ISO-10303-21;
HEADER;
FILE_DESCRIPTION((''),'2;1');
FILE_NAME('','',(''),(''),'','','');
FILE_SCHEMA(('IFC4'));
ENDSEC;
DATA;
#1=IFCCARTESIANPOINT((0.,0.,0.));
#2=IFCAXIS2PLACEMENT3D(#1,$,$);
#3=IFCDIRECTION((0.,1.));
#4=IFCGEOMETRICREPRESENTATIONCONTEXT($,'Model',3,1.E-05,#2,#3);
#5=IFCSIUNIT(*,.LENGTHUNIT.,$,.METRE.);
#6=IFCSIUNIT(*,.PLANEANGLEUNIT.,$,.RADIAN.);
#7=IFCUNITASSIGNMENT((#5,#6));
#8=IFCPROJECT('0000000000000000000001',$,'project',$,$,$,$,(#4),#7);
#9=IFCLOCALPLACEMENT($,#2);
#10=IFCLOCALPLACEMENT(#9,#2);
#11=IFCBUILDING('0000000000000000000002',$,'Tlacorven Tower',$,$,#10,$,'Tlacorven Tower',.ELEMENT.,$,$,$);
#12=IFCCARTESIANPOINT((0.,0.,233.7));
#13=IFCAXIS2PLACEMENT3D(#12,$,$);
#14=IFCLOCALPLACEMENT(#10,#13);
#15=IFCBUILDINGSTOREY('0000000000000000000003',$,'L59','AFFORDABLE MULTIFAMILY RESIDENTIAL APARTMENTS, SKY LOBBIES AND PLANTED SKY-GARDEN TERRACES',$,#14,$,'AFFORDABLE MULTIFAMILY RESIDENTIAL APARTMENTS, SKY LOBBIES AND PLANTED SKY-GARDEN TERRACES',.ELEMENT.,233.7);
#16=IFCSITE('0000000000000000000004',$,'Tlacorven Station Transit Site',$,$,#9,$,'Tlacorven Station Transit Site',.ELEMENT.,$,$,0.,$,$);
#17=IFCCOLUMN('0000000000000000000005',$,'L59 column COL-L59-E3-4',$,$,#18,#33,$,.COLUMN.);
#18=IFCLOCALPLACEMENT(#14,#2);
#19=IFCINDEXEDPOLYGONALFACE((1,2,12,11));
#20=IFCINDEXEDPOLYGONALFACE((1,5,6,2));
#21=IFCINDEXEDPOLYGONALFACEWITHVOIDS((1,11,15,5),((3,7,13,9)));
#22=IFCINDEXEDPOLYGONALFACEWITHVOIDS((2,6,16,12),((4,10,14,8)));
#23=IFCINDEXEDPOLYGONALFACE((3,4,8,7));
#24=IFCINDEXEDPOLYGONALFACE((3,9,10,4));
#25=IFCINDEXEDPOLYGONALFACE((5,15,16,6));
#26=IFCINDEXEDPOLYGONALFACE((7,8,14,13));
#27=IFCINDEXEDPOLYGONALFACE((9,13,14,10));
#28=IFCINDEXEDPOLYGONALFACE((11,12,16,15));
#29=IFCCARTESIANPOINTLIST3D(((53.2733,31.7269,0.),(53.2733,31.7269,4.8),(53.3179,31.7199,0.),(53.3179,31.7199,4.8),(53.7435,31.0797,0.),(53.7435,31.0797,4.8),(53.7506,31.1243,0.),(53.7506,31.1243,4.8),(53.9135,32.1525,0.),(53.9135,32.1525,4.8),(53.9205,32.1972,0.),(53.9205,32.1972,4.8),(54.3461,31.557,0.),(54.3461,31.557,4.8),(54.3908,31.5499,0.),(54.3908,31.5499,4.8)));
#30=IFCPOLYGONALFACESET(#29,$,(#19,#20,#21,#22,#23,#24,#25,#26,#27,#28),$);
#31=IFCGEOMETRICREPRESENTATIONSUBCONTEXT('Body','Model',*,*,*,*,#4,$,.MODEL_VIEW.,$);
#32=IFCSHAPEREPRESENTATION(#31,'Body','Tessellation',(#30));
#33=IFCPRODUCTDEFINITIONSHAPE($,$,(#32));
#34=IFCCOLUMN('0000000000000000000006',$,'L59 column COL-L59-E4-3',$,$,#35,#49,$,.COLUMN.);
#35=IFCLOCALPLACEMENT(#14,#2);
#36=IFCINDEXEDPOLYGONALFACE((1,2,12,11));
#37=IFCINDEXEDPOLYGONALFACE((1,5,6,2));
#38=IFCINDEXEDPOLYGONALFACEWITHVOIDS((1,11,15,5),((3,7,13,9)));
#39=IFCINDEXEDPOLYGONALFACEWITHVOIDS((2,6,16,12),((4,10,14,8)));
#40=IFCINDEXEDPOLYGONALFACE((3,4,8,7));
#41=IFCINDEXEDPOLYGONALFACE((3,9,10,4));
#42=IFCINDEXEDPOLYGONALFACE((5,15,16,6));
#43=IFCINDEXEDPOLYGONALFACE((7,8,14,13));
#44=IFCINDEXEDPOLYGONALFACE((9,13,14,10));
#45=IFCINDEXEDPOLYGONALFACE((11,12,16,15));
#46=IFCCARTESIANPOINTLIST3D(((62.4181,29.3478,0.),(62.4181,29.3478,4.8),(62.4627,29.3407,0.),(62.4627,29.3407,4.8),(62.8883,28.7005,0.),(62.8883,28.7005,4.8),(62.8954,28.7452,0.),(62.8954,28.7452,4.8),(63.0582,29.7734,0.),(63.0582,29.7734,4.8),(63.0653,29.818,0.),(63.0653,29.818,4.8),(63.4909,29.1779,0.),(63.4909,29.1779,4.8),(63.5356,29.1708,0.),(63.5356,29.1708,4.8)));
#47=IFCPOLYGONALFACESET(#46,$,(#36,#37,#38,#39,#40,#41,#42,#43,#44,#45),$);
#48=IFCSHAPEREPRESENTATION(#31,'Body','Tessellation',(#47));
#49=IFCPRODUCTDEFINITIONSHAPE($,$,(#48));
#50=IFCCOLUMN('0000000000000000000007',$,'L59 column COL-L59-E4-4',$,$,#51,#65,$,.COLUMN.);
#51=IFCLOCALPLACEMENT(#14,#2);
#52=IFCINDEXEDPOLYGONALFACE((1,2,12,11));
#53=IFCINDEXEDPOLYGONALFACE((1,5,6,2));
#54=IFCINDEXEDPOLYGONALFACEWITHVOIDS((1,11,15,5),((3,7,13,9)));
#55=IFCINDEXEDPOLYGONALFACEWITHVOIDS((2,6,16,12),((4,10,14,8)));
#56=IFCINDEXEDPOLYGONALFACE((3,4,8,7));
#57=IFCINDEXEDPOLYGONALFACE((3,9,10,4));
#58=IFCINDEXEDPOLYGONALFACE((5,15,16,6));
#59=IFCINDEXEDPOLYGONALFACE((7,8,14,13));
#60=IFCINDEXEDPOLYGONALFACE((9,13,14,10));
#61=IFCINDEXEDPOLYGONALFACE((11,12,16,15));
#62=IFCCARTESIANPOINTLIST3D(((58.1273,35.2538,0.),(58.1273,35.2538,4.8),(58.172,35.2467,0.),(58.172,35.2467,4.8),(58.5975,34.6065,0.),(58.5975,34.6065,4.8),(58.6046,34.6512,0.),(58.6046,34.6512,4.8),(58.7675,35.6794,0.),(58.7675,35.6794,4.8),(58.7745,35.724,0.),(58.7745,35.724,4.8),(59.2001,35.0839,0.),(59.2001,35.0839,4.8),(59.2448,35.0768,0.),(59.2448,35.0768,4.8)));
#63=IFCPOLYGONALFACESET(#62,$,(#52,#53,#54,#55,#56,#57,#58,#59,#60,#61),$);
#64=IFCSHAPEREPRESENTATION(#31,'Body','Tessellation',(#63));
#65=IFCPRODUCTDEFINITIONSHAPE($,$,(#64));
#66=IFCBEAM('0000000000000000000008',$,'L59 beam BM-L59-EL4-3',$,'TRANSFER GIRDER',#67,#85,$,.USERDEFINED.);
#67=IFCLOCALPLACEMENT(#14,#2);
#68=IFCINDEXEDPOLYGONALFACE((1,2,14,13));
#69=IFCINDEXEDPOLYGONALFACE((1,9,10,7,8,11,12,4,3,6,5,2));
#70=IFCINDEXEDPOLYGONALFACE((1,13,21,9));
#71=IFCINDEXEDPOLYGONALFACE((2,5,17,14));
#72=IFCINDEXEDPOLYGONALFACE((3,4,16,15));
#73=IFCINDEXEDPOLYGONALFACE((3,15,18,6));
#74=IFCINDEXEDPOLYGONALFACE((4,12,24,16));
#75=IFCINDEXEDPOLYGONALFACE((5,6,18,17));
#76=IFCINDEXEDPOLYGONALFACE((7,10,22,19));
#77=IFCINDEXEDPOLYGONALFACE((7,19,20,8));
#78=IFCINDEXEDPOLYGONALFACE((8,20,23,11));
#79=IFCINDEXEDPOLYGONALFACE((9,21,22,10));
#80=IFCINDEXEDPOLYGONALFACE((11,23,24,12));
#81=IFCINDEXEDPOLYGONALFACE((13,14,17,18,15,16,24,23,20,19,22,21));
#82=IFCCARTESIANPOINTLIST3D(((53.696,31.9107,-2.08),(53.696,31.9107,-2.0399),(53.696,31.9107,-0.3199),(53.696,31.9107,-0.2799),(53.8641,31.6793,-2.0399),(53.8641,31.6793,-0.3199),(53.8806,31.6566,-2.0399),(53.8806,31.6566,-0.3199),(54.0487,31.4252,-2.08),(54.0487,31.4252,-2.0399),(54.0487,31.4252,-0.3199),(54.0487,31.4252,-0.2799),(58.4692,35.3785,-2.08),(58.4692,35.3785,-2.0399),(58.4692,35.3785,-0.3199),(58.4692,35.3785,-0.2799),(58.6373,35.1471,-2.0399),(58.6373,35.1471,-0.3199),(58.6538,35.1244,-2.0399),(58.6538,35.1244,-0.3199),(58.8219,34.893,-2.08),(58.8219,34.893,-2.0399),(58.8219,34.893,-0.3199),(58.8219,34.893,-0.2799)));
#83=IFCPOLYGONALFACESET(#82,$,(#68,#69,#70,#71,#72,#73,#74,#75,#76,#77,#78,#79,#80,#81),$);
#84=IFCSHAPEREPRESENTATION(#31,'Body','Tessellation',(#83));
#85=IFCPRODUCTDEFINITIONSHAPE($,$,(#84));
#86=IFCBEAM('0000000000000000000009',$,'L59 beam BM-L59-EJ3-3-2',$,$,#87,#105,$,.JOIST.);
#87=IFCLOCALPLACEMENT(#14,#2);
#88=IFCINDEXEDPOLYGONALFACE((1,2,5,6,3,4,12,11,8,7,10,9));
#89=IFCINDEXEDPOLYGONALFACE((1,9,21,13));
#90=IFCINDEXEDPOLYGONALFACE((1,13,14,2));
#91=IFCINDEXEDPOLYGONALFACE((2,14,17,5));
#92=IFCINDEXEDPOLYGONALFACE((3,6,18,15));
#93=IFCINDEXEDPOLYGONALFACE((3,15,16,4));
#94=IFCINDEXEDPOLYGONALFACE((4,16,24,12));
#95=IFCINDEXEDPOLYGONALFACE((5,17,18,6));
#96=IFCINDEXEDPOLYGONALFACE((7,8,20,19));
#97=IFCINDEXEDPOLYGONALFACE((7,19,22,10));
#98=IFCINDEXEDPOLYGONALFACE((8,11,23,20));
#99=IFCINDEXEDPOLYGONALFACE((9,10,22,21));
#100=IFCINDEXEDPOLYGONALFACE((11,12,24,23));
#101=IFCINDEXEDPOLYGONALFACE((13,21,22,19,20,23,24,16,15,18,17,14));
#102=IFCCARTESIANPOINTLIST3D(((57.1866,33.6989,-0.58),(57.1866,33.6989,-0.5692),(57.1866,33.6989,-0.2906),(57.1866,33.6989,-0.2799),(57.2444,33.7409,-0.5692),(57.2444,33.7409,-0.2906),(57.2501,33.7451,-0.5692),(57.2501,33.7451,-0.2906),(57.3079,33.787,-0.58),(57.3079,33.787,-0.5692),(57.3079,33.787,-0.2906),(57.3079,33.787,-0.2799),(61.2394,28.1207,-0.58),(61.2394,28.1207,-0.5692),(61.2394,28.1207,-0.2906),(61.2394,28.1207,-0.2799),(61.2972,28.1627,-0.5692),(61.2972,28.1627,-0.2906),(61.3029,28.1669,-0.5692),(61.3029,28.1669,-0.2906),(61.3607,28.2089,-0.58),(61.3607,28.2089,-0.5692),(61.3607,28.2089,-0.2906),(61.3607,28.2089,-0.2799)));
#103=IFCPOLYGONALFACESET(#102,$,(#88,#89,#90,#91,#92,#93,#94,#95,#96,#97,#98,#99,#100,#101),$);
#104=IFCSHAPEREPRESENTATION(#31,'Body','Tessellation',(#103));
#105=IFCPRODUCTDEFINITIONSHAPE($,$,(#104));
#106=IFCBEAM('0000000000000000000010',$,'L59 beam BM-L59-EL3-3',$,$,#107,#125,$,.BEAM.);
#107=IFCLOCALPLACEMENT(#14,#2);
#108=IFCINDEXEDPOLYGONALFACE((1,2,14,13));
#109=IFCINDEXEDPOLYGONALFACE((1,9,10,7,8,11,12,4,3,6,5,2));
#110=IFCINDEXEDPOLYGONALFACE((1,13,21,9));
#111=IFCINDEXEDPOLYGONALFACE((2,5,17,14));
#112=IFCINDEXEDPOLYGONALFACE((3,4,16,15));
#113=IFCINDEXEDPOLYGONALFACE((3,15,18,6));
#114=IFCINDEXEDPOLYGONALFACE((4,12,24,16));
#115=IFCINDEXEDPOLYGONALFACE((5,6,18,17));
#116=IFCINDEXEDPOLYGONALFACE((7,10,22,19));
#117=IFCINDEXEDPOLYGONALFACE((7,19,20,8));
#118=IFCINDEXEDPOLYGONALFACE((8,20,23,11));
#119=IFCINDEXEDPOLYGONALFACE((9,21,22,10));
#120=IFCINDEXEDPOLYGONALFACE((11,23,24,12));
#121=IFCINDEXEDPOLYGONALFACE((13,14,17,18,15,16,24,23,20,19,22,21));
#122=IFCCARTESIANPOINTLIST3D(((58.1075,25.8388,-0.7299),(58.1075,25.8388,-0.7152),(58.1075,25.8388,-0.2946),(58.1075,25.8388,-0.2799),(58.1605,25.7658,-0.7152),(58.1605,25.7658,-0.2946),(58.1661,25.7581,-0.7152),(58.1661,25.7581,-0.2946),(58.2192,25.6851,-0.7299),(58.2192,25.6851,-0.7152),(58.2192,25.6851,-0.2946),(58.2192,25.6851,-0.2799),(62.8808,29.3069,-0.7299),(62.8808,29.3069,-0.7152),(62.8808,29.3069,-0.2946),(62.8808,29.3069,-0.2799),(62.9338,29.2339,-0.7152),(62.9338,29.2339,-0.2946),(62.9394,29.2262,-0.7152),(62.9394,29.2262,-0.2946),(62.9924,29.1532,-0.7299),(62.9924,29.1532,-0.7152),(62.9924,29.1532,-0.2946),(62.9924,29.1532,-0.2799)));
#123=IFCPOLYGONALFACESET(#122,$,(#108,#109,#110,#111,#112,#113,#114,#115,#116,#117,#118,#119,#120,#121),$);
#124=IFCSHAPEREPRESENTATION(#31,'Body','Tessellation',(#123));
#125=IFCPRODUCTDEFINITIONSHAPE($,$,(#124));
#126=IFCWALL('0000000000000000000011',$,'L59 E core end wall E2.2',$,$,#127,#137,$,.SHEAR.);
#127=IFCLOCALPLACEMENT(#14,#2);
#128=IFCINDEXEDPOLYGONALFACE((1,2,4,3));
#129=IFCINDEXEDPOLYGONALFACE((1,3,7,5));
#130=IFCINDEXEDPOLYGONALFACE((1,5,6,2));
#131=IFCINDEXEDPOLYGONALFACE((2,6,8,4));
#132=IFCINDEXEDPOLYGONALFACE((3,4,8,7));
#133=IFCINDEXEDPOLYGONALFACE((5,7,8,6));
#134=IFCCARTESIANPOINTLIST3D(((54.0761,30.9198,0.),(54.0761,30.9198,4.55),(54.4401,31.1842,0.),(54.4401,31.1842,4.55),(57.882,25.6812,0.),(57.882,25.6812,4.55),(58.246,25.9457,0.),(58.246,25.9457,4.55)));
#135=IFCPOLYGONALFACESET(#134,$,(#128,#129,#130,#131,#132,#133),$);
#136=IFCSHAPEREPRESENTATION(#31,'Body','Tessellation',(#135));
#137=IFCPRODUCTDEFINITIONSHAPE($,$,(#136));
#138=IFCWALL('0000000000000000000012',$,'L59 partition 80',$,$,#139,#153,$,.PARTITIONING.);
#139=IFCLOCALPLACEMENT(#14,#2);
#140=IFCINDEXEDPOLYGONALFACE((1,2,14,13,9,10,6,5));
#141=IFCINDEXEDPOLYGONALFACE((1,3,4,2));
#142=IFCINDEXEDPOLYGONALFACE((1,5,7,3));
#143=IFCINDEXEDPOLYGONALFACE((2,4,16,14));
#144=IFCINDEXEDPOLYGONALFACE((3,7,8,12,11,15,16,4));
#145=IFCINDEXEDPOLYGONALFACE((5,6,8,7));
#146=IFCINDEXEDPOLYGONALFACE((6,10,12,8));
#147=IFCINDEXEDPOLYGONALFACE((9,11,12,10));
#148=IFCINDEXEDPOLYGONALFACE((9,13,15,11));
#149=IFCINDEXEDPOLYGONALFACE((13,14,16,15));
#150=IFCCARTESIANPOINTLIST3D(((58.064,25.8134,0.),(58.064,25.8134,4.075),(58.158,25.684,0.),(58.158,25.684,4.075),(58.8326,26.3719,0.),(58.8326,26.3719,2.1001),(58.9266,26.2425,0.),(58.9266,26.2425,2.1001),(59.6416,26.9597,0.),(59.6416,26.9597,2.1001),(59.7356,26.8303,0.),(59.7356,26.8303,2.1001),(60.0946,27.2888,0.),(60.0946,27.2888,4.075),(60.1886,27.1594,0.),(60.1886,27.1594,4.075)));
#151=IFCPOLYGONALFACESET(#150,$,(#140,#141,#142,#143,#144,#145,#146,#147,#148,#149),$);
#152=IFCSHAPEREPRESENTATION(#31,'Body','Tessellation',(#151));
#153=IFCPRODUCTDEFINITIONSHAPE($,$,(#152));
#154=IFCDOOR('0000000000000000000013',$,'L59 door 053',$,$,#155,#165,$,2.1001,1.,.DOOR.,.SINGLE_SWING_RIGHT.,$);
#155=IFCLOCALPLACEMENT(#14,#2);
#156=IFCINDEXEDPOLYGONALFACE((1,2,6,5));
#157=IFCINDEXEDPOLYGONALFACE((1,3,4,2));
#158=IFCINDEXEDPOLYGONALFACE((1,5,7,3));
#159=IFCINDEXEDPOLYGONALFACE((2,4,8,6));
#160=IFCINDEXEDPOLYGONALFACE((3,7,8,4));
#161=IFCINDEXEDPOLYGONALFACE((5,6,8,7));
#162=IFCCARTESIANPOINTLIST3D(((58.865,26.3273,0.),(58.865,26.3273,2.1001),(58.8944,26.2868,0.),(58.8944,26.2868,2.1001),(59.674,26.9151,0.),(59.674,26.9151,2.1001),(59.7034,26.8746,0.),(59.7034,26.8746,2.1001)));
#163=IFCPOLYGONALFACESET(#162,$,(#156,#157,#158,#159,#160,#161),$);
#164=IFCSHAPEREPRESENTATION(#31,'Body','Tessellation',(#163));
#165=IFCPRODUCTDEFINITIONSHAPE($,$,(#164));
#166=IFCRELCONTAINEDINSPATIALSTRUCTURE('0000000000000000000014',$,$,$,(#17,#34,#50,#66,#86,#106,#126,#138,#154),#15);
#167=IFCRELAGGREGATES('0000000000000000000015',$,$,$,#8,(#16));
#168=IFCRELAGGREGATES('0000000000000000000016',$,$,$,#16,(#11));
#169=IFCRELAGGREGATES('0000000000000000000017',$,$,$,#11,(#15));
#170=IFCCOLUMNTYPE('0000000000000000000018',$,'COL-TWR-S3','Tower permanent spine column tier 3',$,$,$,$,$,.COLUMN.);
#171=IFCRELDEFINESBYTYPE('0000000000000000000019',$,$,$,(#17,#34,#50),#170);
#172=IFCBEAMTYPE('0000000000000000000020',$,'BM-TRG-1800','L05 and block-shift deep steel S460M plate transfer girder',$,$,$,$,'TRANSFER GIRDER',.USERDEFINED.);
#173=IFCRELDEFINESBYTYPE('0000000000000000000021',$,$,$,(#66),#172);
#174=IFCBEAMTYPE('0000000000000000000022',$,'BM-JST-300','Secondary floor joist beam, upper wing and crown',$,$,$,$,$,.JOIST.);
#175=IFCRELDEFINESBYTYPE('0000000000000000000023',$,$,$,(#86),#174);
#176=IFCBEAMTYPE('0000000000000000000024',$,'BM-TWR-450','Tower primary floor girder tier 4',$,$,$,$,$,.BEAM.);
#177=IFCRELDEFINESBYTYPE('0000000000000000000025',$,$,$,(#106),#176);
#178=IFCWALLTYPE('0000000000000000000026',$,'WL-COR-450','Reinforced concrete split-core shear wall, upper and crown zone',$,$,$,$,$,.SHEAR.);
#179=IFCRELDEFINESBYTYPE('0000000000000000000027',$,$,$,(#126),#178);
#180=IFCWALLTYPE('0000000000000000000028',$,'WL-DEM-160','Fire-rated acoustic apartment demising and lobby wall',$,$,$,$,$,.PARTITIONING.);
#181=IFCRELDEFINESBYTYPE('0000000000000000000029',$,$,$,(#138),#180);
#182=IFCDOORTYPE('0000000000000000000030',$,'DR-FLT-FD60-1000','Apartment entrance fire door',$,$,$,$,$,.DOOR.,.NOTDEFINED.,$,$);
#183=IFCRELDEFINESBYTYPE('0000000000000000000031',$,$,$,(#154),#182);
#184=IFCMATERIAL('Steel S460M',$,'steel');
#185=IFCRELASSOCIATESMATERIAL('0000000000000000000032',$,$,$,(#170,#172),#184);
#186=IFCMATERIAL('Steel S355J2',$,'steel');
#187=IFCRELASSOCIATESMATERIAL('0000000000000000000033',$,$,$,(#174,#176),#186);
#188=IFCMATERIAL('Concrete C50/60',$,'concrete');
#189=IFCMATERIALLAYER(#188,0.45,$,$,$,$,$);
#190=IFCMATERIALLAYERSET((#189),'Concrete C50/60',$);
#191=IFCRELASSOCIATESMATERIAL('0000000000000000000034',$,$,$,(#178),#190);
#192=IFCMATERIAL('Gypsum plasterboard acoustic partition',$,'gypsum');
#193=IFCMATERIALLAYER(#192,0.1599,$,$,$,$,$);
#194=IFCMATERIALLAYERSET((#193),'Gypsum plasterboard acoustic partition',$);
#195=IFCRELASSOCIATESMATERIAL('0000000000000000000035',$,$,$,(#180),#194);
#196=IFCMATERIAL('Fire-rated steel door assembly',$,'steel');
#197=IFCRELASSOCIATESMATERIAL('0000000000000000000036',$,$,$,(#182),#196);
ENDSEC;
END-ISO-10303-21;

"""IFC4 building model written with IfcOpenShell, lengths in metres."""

from ifc_helpers import new_model, si_unit, direction, frame, frame_2d, origin, origin_2d, place, context, subcontext, project, spatial, rectangle, hollow_rectangle, i_section, extrude, source, transform, mapped, material, layer, layer_set, material_profile, profile_set, type_object, element, fill, save


model = new_model("IFC4")

# Units and contexts
model_context = context("Model", 3, precision=1e-05, world=origin(), true_north=direction((0.0, 1.0)))
body_context = subcontext(model_context, "Body", "Model", "MODEL_VIEW")
ifc_project = project(units=[si_unit("LENGTHUNIT", "METRE"), si_unit("PLANEANGLEUNIT", "RADIAN")], contexts=[model_context])

# Site, building, storey
site_placement = place(None, origin())
site = spatial("IfcSite", under=ifc_project, at=site_placement, Name="Tlacorven Station Transit Site", LongName="Tlacorven Station Transit Site", CompositionType="ELEMENT", RefElevation=0.0)
building_placement = place(site_placement, origin())
building = spatial("IfcBuilding", under=site, at=building_placement, Name="Tlacorven Tower", LongName="Tlacorven Tower", CompositionType="ELEMENT")
storey_placement = place(building_placement, frame((0.0, 0.0, 233.7)))
storey = spatial("IfcBuildingStorey", under=building, at=storey_placement, Name="L59", Description="AFFORDABLE MULTIFAMILY RESIDENTIAL APARTMENTS, SKY LOBBIES AND PLANTED SKY-GARDEN TERRACES", LongName="AFFORDABLE MULTIFAMILY RESIDENTIAL APARTMENTS, SKY LOBBIES AND PLANTED SKY-GARDEN TERRACES", CompositionType="ELEMENT", Elevation=233.7)

# Columns
ifc_material_1 = material(Name="Steel S460M", Category="steel")
ifc_material_profile_1 = material_profile(ifc_material_1, hollow_rectangle(XDim=0.8, YDim=0.8, WallThickness=0.032, at=origin_2d()), Name="BOX 800X800X32")
ifc_profile_set_1 = profile_set([ifc_material_profile_1], Name="Steel S460M")
column_type = type_object("IfcColumnType", Name="COL-TWR-S3", Description="Tower permanent spine column tier 3", PredefinedType="COLUMN", material=ifc_profile_set_1)
shared_shape_1 = source(origin(), body_context, "Body", "SweptSolid", [
    extrude(hollow_rectangle(XDim=0.8, YDim=0.8, WallThickness=0.032, at=origin_2d()), origin(), (0.0, 0.0, 1.0), 4.8),
])
for number, where, z_axis, x_axis, name in (
    (1, (53.832, 31.6384, 0.0), (0.0, 0.0, 1.0), (0.809017, 0.587785, 0.0), "L59 column COL-L59-E3-4"),
    (2, (62.9768, 29.2593, 0.0), (0.0, 0.0, 1.0), (0.809017, 0.587785, 0.0), "L59 column COL-L59-E4-3"),
    (3, (58.686, 35.1653, 0.0), (0.0, 0.0, 1.0), (0.809017, 0.587785, 0.0), "L59 column COL-L59-E4-4"),
):
    element("IfcColumn", number, at=place(storey_placement, frame(where, z_axis=z_axis, x_axis=x_axis)), inside=storey, type_object=column_type, Name=name, PredefinedType="COLUMN", context=body_context, shape_type="MappedRepresentation", body=[
        mapped(shared_shape_1, transform((0.0, 0.0, 0.0), scale=1.0)),
    ])

# Beams
ifc_material_profile_2 = material_profile(ifc_material_1, i_section(OverallWidth=0.6001, OverallDepth=1.8, WebThickness=0.0281, FlangeThickness=0.04, at=origin_2d()), Name="PG 1800X600X28X40")
ifc_profile_set_2 = profile_set([ifc_material_profile_2], Name="Steel S460M")
beam_type_1 = type_object("IfcBeamType", Name="BM-TRG-1800", Description="L05 and block-shift deep steel S460M plate transfer girder", ElementType="TRANSFER GIRDER", PredefinedType="USERDEFINED", material=ifc_profile_set_2)
shared_shape_2 = source(origin(), body_context, "Body", "SweptSolid", [
    extrude(i_section(OverallWidth=0.6001, OverallDepth=1.8, WebThickness=0.0281, FlangeThickness=0.04, at=origin_2d()), origin(), (0.0, 0.0, 1.0), 5.8999),
])
beam_1_placement = place(storey_placement, frame((53.8723, 31.668, -1.1799), z_axis=(0.809029, 0.587768, 0.0), x_axis=(-0.587768, 0.809029, 0.0)))
element("IfcBeam", 4, at=beam_1_placement, inside=storey, type_object=beam_type_1, Name="L59 beam BM-L59-EL4-3", ObjectType="TRANSFER GIRDER", PredefinedType="USERDEFINED", context=body_context, shape_type="MappedRepresentation", body=[
    mapped(shared_shape_2, transform((0.0, 0.0, 0.0), scale=1.0)),
])
ifc_material_2 = material(Name="Steel S355J2", Category="steel")
ifc_material_profile_3 = material_profile(ifc_material_2, i_section(OverallWidth=0.1499, OverallDepth=0.3, WebThickness=0.0071, FlangeThickness=0.0107, at=origin_2d()), Name="IPE 300")
ifc_profile_set_3 = profile_set([ifc_material_profile_3], Name="Steel S355J2")
beam_type_2 = type_object("IfcBeamType", Name="BM-JST-300", Description="Secondary floor joist beam, upper wing and crown", PredefinedType="JOIST", material=ifc_profile_set_3)
shared_shape_3 = source(origin(), body_context, "Body", "SweptSolid", [
    extrude(i_section(OverallWidth=0.1499, OverallDepth=0.3, WebThickness=0.0071, FlangeThickness=0.0107, at=origin_2d()), origin(), (0.0, 0.0, 1.0), 6.895),
])
beam_2_placement = place(storey_placement, frame((61.3, 28.1648, -0.4299), z_axis=(-0.587784, 0.809018, 0.0), x_axis=(-0.809018, -0.587784, 0.0)))
element("IfcBeam", 5, at=beam_2_placement, inside=storey, type_object=beam_type_2, Name="L59 beam BM-L59-EJ3-3-2", PredefinedType="JOIST", context=body_context, shape_type="MappedRepresentation", body=[
    mapped(shared_shape_3, transform((0.0, 0.0, 0.0), scale=1.0)),
])
ifc_material_profile_4 = material_profile(ifc_material_2, i_section(OverallWidth=0.1899, OverallDepth=0.45, WebThickness=0.0095, FlangeThickness=0.0146, at=origin_2d()), Name="IPE 450")
ifc_profile_set_4 = profile_set([ifc_material_profile_4], Name="Steel S355J2")
beam_type_3 = type_object("IfcBeamType", Name="BM-TWR-450", Description="Tower primary floor girder tier 4", PredefinedType="BEAM", material=ifc_profile_set_4)
shared_shape_4 = source(origin(), body_context, "Body", "SweptSolid", [
    extrude(i_section(OverallWidth=0.1899, OverallDepth=0.45, WebThickness=0.0095, FlangeThickness=0.0146, at=origin_2d()), origin(), (0.0, 0.0, 1.0), 5.9001),
])
beam_3_placement = place(storey_placement, frame((58.1633, 25.762, -0.5049), z_axis=(0.80901, 0.587795, 0.0), x_axis=(-0.587795, 0.80901, 0.0)))
element("IfcBeam", 6, at=beam_3_placement, inside=storey, type_object=beam_type_3, Name="L59 beam BM-L59-EL3-3", PredefinedType="BEAM", context=body_context, shape_type="MappedRepresentation", body=[
    mapped(shared_shape_4, transform((0.0, 0.0, 0.0), scale=1.0)),
])

# Wall
ifc_material_3 = material(Name="Concrete C50/60", Category="concrete")
ifc_layer_1 = layer(ifc_material_3, 0.45)
ifc_layer_set_1 = layer_set([ifc_layer_1], Name="Concrete C50/60")
wall_type_1 = type_object("IfcWallType", Name="WL-COR-450", Description="Reinforced concrete split-core shear wall, upper and crown zone", PredefinedType="SHEAR", material=ifc_layer_set_1)
wall_1_placement = place(storey_placement, frame((58.064, 25.8135, 0.0), z_axis=(0.0, 0.0, 1.0), x_axis=(-0.587775, 0.809025, 0.0)))
element("IfcWall", 7, at=wall_1_placement, inside=storey, type_object=wall_type_1, Name="L59 E core end wall E2.2", PredefinedType="SHEAR", context=body_context, shape_type="SweptSolid", body=[
    extrude(rectangle(XDim=6.4751, YDim=0.45, at=frame_2d((3.2375, 0.0))), origin(), (0.0, 0.0, 1.0), 4.55),
])

# Wall, opening, door
ifc_material_4 = material(Name="Gypsum plasterboard acoustic partition", Category="gypsum")
ifc_layer_2 = layer(ifc_material_4, 0.1599)
ifc_layer_set_2 = layer_set([ifc_layer_2], Name="Gypsum plasterboard acoustic partition")
wall_type_2 = type_object("IfcWallType", Name="WL-DEM-160", Description="Fire-rated acoustic apartment demising and lobby wall", PredefinedType="PARTITIONING", material=ifc_layer_set_2)
wall_2_placement = place(storey_placement, frame((58.1111, 25.7488, 0.0), z_axis=(0.0, 0.0, 1.0), x_axis=(0.809001, 0.587807, 0.0)))
wall_2 = element("IfcWall", 8, at=wall_2_placement, inside=storey, type_object=wall_type_2, Name="L59 partition 80", PredefinedType="PARTITIONING", context=body_context, shape_type="SweptSolid", body=[
    extrude(rectangle(XDim=2.51, YDim=0.1599, at=frame_2d((1.2549, 0.0))), origin(), (0.0, 0.0, 1.0), 4.075),
])
opening_1_placement = place(wall_2_placement, frame((0.95, 0.0, 0.0)))
opening_1 = element("IfcOpeningElement", 9, at=opening_1_placement, cuts=wall_2, PredefinedType="OPENING", context=body_context, shape_type="SweptSolid", body=[
    extrude(rectangle(XDim=1.0, YDim=2.1001, at=frame_2d((0.5, 1.05))), frame((0.0, 0.0898, 0.0), z_axis=(0.0, -1.0, 0.0), x_axis=(1.0, 0.0, 0.0)), (0.0, 0.0, 1.0), 0.1799),
])
ifc_material_5 = material(Name="Fire-rated steel door assembly", Category="steel")
door_type = type_object("IfcDoorType", Name="DR-FLT-FD60-1000", Description="Apartment entrance fire door", OperationType="NOTDEFINED", PredefinedType="DOOR", material=ifc_material_5)
shared_shape_5 = source(origin(), body_context, "Body", "SweptSolid", [
    extrude(rectangle(XDim=1.0, YDim=2.1001, at=frame_2d((0.5, 1.05))), frame((0.0, 0.0249, 0.0), z_axis=(0.0, -1.0, 0.0), x_axis=(1.0, 0.0, 0.0)), (0.0, 0.0, 1.0), 0.05),
])
door_1_placement = place(opening_1_placement, origin())
door_1 = element("IfcDoor", 10, at=door_1_placement, inside=storey, type_object=door_type, Name="L59 door 053", OperationType="SINGLE_SWING_RIGHT", OverallHeight=2.1001, OverallWidth=1.0, PredefinedType="DOOR", context=body_context, shape_type="MappedRepresentation", body=[
    mapped(shared_shape_5, transform((0.0, 0.0, 0.0), scale=1.0)),
])
fill(opening_1, door_1)

save(model, "model.ifc")
